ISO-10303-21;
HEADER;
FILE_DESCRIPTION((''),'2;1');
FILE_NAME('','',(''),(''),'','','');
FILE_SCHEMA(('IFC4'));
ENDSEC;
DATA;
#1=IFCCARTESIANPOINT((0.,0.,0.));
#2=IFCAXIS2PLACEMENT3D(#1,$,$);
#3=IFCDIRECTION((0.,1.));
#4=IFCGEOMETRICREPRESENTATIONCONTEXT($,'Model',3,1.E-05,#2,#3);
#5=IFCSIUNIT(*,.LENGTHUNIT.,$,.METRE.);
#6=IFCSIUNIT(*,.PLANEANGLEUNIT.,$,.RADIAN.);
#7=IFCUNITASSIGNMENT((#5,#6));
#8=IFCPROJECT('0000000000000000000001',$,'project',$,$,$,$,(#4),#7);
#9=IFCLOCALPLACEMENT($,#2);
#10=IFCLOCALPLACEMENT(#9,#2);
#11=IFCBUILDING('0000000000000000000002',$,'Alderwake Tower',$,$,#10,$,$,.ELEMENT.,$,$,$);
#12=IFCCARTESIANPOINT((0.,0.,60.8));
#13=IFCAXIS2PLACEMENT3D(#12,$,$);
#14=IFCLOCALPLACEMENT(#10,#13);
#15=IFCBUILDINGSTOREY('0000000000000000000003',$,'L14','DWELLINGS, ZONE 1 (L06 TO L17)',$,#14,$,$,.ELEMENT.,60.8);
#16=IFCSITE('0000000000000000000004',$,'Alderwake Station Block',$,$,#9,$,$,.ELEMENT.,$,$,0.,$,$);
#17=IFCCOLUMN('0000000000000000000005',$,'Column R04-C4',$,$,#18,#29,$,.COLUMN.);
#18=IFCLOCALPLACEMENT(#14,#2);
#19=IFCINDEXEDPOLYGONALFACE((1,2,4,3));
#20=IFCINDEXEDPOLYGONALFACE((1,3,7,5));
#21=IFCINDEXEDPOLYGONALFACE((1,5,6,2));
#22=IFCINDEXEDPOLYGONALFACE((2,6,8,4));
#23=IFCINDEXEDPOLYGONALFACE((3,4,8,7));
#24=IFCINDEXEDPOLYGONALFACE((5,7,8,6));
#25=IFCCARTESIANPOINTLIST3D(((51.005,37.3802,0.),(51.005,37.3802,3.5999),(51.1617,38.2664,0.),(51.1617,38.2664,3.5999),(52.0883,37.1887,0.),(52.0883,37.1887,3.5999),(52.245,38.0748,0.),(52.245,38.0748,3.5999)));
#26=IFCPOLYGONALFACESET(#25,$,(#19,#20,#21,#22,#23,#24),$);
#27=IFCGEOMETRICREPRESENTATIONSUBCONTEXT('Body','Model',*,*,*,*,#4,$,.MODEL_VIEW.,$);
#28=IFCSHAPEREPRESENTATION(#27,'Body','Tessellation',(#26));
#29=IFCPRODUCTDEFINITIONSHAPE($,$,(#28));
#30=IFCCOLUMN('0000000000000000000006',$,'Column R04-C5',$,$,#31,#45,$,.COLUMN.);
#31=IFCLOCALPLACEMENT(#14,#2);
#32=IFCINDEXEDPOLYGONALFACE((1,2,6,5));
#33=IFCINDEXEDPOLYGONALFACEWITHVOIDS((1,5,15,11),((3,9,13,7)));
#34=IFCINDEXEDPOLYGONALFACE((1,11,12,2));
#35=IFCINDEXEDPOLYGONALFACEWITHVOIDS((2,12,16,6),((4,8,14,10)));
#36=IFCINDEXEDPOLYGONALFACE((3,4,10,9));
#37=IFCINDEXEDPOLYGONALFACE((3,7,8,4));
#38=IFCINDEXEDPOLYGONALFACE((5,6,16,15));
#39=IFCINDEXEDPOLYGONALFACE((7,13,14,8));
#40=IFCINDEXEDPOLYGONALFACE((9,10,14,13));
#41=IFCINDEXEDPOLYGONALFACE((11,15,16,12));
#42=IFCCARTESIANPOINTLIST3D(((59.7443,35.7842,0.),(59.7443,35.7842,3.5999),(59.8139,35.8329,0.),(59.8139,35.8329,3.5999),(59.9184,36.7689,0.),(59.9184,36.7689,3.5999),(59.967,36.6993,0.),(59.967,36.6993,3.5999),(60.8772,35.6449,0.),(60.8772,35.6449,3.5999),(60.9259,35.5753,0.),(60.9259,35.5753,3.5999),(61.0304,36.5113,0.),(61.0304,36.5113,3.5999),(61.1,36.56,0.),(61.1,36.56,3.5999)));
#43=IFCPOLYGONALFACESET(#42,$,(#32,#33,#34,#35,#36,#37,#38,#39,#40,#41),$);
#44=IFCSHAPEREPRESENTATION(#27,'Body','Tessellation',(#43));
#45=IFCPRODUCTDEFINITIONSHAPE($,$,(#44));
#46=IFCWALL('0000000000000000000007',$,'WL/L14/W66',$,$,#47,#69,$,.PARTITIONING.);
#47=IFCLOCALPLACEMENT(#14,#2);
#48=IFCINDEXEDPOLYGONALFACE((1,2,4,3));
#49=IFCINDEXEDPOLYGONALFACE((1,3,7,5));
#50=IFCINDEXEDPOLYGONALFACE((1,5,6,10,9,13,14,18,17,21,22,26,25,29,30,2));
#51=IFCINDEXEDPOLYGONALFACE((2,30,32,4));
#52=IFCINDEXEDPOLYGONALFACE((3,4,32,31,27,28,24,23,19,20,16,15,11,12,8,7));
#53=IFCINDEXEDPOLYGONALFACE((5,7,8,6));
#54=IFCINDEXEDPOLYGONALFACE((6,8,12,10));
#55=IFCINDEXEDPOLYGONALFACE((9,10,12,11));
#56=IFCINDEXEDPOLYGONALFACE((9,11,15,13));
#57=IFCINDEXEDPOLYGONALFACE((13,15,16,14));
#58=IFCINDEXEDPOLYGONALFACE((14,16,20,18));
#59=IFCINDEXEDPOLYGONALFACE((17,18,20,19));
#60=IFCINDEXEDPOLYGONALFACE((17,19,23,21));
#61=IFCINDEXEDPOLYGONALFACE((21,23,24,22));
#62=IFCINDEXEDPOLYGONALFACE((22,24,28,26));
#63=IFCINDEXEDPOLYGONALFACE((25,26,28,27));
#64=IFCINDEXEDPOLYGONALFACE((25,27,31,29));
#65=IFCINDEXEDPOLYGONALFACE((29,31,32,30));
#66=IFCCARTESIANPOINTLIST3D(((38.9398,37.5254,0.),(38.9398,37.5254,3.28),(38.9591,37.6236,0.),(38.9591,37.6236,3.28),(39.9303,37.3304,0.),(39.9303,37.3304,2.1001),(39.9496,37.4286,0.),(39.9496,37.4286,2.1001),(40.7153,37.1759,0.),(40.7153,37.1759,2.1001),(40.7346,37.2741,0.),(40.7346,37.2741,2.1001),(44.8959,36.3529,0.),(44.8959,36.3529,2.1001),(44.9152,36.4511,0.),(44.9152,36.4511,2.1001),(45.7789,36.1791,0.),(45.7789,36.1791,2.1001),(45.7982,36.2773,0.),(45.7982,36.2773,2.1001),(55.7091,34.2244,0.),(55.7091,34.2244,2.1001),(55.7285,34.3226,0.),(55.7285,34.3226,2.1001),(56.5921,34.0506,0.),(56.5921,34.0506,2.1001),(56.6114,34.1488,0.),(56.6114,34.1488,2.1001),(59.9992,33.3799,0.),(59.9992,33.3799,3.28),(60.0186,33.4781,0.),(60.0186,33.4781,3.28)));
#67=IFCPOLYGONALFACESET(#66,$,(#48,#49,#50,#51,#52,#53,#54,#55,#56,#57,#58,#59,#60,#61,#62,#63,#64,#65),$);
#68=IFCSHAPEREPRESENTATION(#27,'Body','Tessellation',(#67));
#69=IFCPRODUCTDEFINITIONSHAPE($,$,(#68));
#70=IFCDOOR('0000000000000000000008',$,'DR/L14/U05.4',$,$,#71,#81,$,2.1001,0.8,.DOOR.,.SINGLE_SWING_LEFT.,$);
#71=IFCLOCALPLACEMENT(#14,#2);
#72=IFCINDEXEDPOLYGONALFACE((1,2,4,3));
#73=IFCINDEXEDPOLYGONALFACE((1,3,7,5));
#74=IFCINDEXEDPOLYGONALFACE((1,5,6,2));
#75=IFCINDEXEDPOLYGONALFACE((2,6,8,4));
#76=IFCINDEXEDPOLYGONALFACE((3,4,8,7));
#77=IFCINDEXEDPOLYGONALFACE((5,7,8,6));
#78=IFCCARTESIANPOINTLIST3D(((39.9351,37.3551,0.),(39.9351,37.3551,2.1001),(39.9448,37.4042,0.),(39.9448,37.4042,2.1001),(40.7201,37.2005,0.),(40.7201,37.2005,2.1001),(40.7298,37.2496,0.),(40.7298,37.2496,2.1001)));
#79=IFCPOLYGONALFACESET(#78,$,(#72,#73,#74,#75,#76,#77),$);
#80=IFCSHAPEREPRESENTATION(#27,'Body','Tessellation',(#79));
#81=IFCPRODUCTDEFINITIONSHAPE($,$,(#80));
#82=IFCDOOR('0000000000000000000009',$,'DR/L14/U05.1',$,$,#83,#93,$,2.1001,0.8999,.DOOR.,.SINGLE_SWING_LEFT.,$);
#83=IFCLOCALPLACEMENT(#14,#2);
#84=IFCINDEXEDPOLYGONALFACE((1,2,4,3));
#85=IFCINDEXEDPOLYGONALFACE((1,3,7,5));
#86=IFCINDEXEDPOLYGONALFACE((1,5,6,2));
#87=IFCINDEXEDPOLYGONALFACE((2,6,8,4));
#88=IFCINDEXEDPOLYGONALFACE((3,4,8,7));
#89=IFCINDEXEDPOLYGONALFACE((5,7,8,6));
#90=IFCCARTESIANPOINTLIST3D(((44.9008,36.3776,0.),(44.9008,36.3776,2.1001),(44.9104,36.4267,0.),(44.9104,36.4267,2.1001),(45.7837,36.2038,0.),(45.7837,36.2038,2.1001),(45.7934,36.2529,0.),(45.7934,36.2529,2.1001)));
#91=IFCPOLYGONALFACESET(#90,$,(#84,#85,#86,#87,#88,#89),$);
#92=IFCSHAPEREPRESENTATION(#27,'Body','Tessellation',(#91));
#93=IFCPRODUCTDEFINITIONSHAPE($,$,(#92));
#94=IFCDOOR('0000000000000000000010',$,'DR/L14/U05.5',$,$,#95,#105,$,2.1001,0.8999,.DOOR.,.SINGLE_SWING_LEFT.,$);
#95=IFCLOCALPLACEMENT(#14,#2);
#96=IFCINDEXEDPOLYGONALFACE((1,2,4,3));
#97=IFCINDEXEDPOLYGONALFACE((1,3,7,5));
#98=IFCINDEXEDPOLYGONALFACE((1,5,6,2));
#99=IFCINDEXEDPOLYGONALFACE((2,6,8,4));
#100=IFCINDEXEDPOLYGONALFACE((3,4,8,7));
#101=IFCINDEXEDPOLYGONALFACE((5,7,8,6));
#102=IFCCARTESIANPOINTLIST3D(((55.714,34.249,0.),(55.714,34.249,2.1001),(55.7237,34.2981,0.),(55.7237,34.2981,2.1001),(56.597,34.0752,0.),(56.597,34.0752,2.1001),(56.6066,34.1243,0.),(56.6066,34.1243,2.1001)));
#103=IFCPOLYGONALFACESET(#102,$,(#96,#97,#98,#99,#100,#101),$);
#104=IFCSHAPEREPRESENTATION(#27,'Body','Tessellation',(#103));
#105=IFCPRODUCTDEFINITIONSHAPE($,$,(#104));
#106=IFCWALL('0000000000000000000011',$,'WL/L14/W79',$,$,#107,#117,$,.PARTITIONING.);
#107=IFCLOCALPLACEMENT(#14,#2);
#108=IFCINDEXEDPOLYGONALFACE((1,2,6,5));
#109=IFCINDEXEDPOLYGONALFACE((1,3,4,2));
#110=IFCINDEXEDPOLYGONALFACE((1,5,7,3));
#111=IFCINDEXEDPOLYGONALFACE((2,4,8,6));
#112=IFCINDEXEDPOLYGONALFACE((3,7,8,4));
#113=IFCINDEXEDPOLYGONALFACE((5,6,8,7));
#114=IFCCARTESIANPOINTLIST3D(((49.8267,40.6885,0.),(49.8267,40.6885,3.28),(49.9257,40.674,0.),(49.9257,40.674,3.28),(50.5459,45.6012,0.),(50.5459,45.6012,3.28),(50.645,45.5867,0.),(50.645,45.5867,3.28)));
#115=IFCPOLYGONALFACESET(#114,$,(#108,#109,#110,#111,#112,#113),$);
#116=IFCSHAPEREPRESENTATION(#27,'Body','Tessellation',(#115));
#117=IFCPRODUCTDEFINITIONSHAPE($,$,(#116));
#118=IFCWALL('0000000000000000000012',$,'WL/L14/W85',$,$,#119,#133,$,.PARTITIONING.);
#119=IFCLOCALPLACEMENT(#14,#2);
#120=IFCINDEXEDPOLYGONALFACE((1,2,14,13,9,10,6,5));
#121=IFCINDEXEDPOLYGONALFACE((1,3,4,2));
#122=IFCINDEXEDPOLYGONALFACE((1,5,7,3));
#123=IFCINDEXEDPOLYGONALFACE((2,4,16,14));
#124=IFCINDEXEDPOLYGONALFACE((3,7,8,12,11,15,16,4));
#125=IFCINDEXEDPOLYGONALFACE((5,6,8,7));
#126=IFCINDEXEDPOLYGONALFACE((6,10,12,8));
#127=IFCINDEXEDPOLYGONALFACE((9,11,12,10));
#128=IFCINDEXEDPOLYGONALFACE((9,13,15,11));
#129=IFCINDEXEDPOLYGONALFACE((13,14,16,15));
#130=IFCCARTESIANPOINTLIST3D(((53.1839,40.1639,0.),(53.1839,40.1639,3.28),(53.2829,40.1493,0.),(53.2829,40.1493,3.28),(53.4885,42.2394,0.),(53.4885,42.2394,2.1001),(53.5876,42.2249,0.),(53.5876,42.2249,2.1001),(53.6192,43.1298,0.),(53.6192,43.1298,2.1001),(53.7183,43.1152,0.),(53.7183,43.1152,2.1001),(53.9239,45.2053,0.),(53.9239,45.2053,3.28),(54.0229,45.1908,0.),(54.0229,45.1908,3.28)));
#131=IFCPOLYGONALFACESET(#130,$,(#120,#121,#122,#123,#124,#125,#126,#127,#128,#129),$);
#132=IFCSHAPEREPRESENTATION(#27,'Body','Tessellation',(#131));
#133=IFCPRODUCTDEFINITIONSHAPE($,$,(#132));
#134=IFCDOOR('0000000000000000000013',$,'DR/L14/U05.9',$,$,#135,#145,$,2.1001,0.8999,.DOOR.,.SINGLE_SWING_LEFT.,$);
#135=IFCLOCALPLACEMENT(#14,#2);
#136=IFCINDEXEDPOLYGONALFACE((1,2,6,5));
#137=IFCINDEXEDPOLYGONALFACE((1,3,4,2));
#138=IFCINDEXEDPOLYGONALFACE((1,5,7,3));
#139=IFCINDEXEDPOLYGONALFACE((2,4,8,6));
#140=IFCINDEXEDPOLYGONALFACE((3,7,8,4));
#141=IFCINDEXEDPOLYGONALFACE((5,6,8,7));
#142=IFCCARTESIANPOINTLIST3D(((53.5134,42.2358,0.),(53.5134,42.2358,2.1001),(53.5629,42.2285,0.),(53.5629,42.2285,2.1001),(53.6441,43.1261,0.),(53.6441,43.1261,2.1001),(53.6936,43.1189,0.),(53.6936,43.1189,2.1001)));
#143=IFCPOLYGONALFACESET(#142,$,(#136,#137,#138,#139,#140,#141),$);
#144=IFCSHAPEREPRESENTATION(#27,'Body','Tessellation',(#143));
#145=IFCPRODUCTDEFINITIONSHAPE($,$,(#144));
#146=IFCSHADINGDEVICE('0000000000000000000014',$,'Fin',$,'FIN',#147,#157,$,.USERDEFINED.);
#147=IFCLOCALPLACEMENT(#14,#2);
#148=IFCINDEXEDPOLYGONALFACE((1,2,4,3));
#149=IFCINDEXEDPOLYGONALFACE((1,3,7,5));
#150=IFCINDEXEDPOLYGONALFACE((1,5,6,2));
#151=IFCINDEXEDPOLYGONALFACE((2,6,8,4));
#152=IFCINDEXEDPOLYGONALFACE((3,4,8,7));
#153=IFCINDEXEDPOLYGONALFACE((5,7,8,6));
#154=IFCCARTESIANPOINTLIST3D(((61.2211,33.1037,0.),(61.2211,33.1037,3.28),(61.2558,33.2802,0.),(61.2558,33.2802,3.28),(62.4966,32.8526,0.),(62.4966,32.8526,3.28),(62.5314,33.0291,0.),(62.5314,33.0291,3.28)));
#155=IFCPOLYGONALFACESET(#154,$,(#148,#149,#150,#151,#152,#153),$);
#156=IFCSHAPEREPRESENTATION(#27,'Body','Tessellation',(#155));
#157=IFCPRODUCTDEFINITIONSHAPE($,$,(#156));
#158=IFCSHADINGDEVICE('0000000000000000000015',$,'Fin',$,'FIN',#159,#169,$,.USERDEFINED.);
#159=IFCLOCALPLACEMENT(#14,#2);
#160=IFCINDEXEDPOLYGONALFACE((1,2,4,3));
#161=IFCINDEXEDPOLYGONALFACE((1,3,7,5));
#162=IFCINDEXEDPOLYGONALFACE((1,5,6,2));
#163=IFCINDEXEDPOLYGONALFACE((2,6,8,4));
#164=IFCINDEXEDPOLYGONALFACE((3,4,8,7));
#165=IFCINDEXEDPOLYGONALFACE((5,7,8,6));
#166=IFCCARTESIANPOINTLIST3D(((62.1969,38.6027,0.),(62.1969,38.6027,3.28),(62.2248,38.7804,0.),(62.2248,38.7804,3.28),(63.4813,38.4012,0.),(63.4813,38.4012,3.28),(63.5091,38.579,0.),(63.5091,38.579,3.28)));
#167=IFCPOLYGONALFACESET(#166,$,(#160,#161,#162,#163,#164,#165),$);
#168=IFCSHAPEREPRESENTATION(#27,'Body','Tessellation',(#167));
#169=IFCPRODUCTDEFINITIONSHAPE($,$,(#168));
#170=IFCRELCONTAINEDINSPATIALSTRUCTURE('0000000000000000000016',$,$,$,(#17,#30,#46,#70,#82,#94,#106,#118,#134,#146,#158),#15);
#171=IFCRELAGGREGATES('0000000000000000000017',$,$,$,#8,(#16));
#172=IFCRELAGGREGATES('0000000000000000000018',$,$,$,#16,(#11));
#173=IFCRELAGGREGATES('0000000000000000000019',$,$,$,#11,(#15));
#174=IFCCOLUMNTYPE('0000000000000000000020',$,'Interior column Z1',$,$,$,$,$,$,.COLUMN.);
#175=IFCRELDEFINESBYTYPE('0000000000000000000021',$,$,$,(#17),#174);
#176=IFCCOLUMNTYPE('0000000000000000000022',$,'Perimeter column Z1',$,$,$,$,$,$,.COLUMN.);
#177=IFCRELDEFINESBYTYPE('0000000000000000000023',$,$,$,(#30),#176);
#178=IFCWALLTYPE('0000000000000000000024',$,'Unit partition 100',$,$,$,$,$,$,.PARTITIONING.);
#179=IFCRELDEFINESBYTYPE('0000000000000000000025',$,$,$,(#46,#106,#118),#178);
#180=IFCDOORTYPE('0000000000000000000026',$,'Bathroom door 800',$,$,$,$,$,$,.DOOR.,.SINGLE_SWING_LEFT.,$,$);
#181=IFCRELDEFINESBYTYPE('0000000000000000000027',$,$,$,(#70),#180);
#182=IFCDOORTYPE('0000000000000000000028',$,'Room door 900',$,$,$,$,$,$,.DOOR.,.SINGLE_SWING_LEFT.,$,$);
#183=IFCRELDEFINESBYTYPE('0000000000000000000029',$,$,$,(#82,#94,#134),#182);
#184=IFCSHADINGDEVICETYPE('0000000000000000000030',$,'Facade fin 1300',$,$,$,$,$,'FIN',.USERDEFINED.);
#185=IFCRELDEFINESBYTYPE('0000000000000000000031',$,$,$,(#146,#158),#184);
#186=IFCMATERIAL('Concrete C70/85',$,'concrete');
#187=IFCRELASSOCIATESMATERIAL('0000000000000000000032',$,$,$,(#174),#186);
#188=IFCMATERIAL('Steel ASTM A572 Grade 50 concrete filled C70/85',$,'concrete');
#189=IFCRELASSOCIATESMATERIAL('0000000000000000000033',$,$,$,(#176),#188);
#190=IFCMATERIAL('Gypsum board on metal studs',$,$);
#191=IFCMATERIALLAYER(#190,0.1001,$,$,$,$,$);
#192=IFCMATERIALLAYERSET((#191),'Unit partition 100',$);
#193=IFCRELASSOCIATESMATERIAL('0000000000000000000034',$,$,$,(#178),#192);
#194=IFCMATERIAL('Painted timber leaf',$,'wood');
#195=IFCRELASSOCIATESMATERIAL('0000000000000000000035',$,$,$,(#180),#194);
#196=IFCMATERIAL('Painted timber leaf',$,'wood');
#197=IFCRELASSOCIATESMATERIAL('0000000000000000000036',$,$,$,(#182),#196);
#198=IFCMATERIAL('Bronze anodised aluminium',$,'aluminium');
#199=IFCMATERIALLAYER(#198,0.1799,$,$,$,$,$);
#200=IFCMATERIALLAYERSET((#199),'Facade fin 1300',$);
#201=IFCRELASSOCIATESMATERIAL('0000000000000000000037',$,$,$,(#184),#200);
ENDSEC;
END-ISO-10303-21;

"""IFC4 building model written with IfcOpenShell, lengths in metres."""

from ifc_helpers import new_model, si_unit, direction, frame, frame_2d, origin, origin_2d, place, context, subcontext, project, spatial, rectangle, hollow_rectangle, extrude, material, layer, layer_set, material_profile, profile_set, type_object, element, fill, save


model = new_model("IFC4")

# Units and contexts
model_context = context("Model", 3, precision=1e-05, world=origin(), true_north=direction((0.0, 1.0)))
body_context = subcontext(model_context, "Body", "Model", "MODEL_VIEW")
ifc_project = project(units=[si_unit("LENGTHUNIT", "METRE"), si_unit("PLANEANGLEUNIT", "RADIAN")], contexts=[model_context])

# Site, building, storey
site_placement = place(None, origin())
site = spatial("IfcSite", under=ifc_project, at=site_placement, Name="Alderwake Station Block", CompositionType="ELEMENT", RefElevation=0.0)
building_placement = place(site_placement, origin())
building = spatial("IfcBuilding", under=site, at=building_placement, Name="Alderwake Tower", CompositionType="ELEMENT")
storey_placement = place(building_placement, frame((0.0, 0.0, 60.8)))
storey = spatial("IfcBuildingStorey", under=building, at=storey_placement, Name="L14", Description="DWELLINGS, ZONE 1 (L06 TO L17)", CompositionType="ELEMENT", Elevation=60.8)

# Columns
ifc_material_1 = material(Name="Concrete C70/85", Category="concrete")
ifc_material_profile_1 = material_profile(ifc_material_1, rectangle(XDim=0.8999, YDim=1.1001, at=origin_2d()), Name="RC 1100X900")
ifc_profile_set_1 = profile_set([ifc_material_profile_1], Name="Concrete C70/85")
column_type_1 = type_object("IfcColumnType", Name="Interior column Z1", PredefinedType="COLUMN", material=ifc_profile_set_1)
column_1_placement = place(storey_placement, frame((51.625, 37.7275, 0.0), z_axis=(0.0, 0.0, 1.0), x_axis=(0.174109, 0.984726, 0.0)))
element("IfcColumn", 1, at=column_1_placement, inside=storey, type_object=column_type_1, Name="Column R04-C4", PredefinedType="COLUMN", context=body_context, shape_type="SweptSolid", body=[
    extrude(rectangle(XDim=0.8999, YDim=1.1001, at=origin_2d()), origin(), (0.0, 0.0, 1.0), 3.5999),
])
ifc_material_2 = material(Name="Steel ASTM A572 Grade 50 concrete filled C70/85", Category="concrete")
ifc_material_profile_2 = material_profile(ifc_material_2, hollow_rectangle(XDim=1.0, YDim=1.2, WallThickness=0.0601, at=origin_2d()), Name="BOX 1200X1000X60")
ifc_profile_set_2 = profile_set([ifc_material_profile_2], Name="Steel ASTM A572 Grade 50 concrete filled C70/85")
column_type_2 = type_object("IfcColumnType", Name="Perimeter column Z1", PredefinedType="COLUMN", material=ifc_profile_set_2)
column_2_placement = place(storey_placement, frame((60.4221, 36.1721, 0.0), z_axis=(0.0, 0.0, 1.0), x_axis=(0.174109, 0.984726, 0.0)))
element("IfcColumn", 2, at=column_2_placement, inside=storey, type_object=column_type_2, Name="Column R04-C5", PredefinedType="COLUMN", context=body_context, shape_type="SweptSolid", body=[
    extrude(hollow_rectangle(XDim=1.0, YDim=1.2, WallThickness=0.0601, at=origin_2d()), origin(), (0.0, 0.0, 1.0), 3.5999),
])

# Wall, openings, doors
ifc_material_3 = material(Name="Gypsum board on metal studs")
ifc_layer_1 = layer(ifc_material_3, 0.1001)
ifc_layer_set_1 = layer_set([ifc_layer_1], Name="Unit partition 100")
wall_type_1 = type_object("IfcWallType", Name="Unit partition 100", PredefinedType="PARTITIONING", material=ifc_layer_set_1)
wall_1_placement = place(storey_placement, frame((60.009, 33.429, 0.0), z_axis=(0.0, 0.0, 1.0), x_axis=(-0.981171, 0.19314, 0.0)))
wall_1 = element("IfcWall", 3, at=wall_1_placement, inside=storey, type_object=wall_type_1, Name="WL/L14/W66", PredefinedType="PARTITIONING", context=body_context, shape_type="SweptSolid", body=[
    extrude(rectangle(XDim=21.4636, YDim=0.1001, at=frame_2d((10.7319, 0.0))), origin(), (0.0, 0.0, 1.0), 3.28),
])
opening_1_placement = place(wall_1_placement, frame((14.4934, 0.0, 0.0)))
opening_1 = element("IfcOpeningElement", 4, at=opening_1_placement, cuts=wall_1, PredefinedType="OPENING", context=body_context, shape_type="SweptSolid", body=[
    extrude(rectangle(XDim=0.8999, YDim=2.1001, at=frame_2d((0.45, 1.05))), frame((0.0, 0.0601, 0.0), z_axis=(0.0, -1.0, 0.0), x_axis=(1.0, 0.0, 0.0)), (0.0, 0.0, 1.0), 0.1201),
])
opening_2_placement = place(wall_1_placement, frame((19.6543, 0.0, 0.0)))
opening_2 = element("IfcOpeningElement", 5, at=opening_2_placement, cuts=wall_1, PredefinedType="OPENING", context=body_context, shape_type="SweptSolid", body=[
    extrude(rectangle(XDim=0.8, YDim=2.1001, at=frame_2d((0.3999, 1.05))), frame((0.0, 0.0601, 0.0), z_axis=(0.0, -1.0, 0.0), x_axis=(1.0, 0.0, 0.0)), (0.0, 0.0, 1.0), 0.1201),
])
opening_3_placement = place(wall_1_placement, frame((3.4727, 0.0, 0.0)))
opening_3 = element("IfcOpeningElement", 6, at=opening_3_placement, cuts=wall_1, PredefinedType="OPENING", context=body_context, shape_type="SweptSolid", body=[
    extrude(rectangle(XDim=0.8999, YDim=2.1001, at=frame_2d((0.45, 1.05))), frame((0.0, 0.0601, 0.0), z_axis=(0.0, -1.0, 0.0), x_axis=(1.0, 0.0, 0.0)), (0.0, 0.0, 1.0), 0.1201),
])
ifc_material_4 = material(Name="Painted timber leaf", Category="wood")
door_type_1 = type_object("IfcDoorType", Name="Bathroom door 800", OperationType="SINGLE_SWING_LEFT", PredefinedType="DOOR", material=ifc_material_4)
door_1_placement = place(opening_2_placement, origin())
door_1 = element("IfcDoor", 7, at=door_1_placement, inside=storey, type_object=door_type_1, Name="DR/L14/U05.4", OperationType="SINGLE_SWING_LEFT", OverallHeight=2.1001, OverallWidth=0.8, PredefinedType="DOOR", context=body_context, shape_type="SweptSolid", body=[
    extrude(rectangle(XDim=0.8, YDim=2.1001, at=frame_2d((0.3999, 1.05))), frame((0.0, 0.0249, 0.0), z_axis=(0.0, -1.0, 0.0), x_axis=(1.0, 0.0, 0.0)), (0.0, 0.0, 1.0), 0.05),
])
fill(opening_2, door_1)
ifc_material_5 = material(Name="Painted timber leaf", Category="wood")
door_type_2 = type_object("IfcDoorType", Name="Room door 900", OperationType="SINGLE_SWING_LEFT", PredefinedType="DOOR", material=ifc_material_5)
door_2_placement = place(opening_1_placement, origin())
door_2 = element("IfcDoor", 8, at=door_2_placement, inside=storey, type_object=door_type_2, Name="DR/L14/U05.1", OperationType="SINGLE_SWING_LEFT", OverallHeight=2.1001, OverallWidth=0.8999, PredefinedType="DOOR", context=body_context, shape_type="SweptSolid", body=[
    extrude(rectangle(XDim=0.8999, YDim=2.1001, at=frame_2d((0.45, 1.05))), frame((0.0, 0.0249, 0.0), z_axis=(0.0, -1.0, 0.0), x_axis=(1.0, 0.0, 0.0)), (0.0, 0.0, 1.0), 0.05),
])
fill(opening_1, door_2)
door_3_placement = place(opening_3_placement, origin())
door_3 = element("IfcDoor", 9, at=door_3_placement, inside=storey, type_object=door_type_2, Name="DR/L14/U05.5", OperationType="SINGLE_SWING_LEFT", OverallHeight=2.1001, OverallWidth=0.8999, PredefinedType="DOOR", context=body_context, shape_type="SweptSolid", body=[
    extrude(rectangle(XDim=0.8999, YDim=2.1001, at=frame_2d((0.45, 1.05))), frame((0.0, 0.0249, 0.0), z_axis=(0.0, -1.0, 0.0), x_axis=(1.0, 0.0, 0.0)), (0.0, 0.0, 1.0), 0.05),
])
fill(opening_3, door_3)

# Wall
wall_2_placement = place(storey_placement, frame((49.8762, 40.6814, 0.0), z_axis=(0.0, 0.0, 1.0), x_axis=(0.144863, 0.989452, 0.0)))
element("IfcWall", 10, at=wall_2_placement, inside=storey, type_object=wall_type_1, Name="WL/L14/W79", PredefinedType="PARTITIONING", context=body_context, shape_type="SweptSolid", body=[
    extrude(rectangle(XDim=4.9651, YDim=0.1001, at=frame_2d((2.4824, 0.0))), origin(), (0.0, 0.0, 1.0), 3.28),
])

# Wall, opening, door
wall_3_placement = place(storey_placement, frame((53.2334, 40.1565, 0.0), z_axis=(0.0, 0.0, 1.0), x_axis=(0.145224, 0.989399, 0.0)))
wall_3 = element("IfcWall", 11, at=wall_3_placement, inside=storey, type_object=wall_type_1, Name="WL/L14/W85", PredefinedType="PARTITIONING", context=body_context, shape_type="SweptSolid", body=[
    extrude(rectangle(XDim=5.0955, YDim=0.1001, at=frame_2d((2.5479, 0.0))), origin(), (0.0, 0.0, 1.0), 3.28),
])
opening_4_placement = place(wall_3_placement, frame((2.0979, 0.0, 0.0)))
opening_4 = element("IfcOpeningElement", 12, at=opening_4_placement, cuts=wall_3, PredefinedType="OPENING", context=body_context, shape_type="SweptSolid", body=[
    extrude(rectangle(XDim=0.8999, YDim=2.1001, at=frame_2d((0.45, 1.05))), frame((0.0, 0.0601, 0.0), z_axis=(0.0, -1.0, 0.0), x_axis=(1.0, 0.0, 0.0)), (0.0, 0.0, 1.0), 0.1201),
])
door_4_placement = place(opening_4_placement, origin())
door_4 = element("IfcDoor", 13, at=door_4_placement, inside=storey, type_object=door_type_2, Name="DR/L14/U05.9", OperationType="SINGLE_SWING_LEFT", OverallHeight=2.1001, OverallWidth=0.8999, PredefinedType="DOOR", context=body_context, shape_type="SweptSolid", body=[
    extrude(rectangle(XDim=0.8999, YDim=2.1001, at=frame_2d((0.45, 1.05))), frame((0.0, 0.0249, 0.0), z_axis=(0.0, -1.0, 0.0), x_axis=(1.0, 0.0, 0.0)), (0.0, 0.0, 1.0), 0.05),
])
fill(opening_4, door_4)

# Shading devices
ifc_material_6 = material(Name="Bronze anodised aluminium", Category="aluminium")
ifc_layer_2 = layer(ifc_material_6, 0.1799)
ifc_layer_set_2 = layer_set([ifc_layer_2], Name="Facade fin 1300")
shading_device_type_1 = type_object("IfcShadingDeviceType", Name="Facade fin 1300", ElementType="FIN", PredefinedType="USERDEFINED", material=ifc_layer_set_2)
for number, where, z_axis, x_axis, name in (
    (14, (61.8762, 33.0664, 0.0), (0.0, 0.0, 1.0), (0.981164, -0.193178, 0.0), "Fin"),
    (15, (62.853, 38.5908, 0.0), (0.0, 0.0, 1.0), (0.987919, -0.154972, 0.0), "Fin"),
):
    element("IfcShadingDevice", number, at=place(storey_placement, frame(where, z_axis=z_axis, x_axis=x_axis)), inside=storey, type_object=shading_device_type_1, Name=name, ObjectType="FIN", PredefinedType="USERDEFINED", context=body_context, shape_type="SweptSolid", body=[
        extrude(rectangle(XDim=1.3, YDim=0.1799, at=origin_2d()), origin(), (0.0, 0.0, 1.0), 3.28),
    ])

save(model, "model.ifc")
